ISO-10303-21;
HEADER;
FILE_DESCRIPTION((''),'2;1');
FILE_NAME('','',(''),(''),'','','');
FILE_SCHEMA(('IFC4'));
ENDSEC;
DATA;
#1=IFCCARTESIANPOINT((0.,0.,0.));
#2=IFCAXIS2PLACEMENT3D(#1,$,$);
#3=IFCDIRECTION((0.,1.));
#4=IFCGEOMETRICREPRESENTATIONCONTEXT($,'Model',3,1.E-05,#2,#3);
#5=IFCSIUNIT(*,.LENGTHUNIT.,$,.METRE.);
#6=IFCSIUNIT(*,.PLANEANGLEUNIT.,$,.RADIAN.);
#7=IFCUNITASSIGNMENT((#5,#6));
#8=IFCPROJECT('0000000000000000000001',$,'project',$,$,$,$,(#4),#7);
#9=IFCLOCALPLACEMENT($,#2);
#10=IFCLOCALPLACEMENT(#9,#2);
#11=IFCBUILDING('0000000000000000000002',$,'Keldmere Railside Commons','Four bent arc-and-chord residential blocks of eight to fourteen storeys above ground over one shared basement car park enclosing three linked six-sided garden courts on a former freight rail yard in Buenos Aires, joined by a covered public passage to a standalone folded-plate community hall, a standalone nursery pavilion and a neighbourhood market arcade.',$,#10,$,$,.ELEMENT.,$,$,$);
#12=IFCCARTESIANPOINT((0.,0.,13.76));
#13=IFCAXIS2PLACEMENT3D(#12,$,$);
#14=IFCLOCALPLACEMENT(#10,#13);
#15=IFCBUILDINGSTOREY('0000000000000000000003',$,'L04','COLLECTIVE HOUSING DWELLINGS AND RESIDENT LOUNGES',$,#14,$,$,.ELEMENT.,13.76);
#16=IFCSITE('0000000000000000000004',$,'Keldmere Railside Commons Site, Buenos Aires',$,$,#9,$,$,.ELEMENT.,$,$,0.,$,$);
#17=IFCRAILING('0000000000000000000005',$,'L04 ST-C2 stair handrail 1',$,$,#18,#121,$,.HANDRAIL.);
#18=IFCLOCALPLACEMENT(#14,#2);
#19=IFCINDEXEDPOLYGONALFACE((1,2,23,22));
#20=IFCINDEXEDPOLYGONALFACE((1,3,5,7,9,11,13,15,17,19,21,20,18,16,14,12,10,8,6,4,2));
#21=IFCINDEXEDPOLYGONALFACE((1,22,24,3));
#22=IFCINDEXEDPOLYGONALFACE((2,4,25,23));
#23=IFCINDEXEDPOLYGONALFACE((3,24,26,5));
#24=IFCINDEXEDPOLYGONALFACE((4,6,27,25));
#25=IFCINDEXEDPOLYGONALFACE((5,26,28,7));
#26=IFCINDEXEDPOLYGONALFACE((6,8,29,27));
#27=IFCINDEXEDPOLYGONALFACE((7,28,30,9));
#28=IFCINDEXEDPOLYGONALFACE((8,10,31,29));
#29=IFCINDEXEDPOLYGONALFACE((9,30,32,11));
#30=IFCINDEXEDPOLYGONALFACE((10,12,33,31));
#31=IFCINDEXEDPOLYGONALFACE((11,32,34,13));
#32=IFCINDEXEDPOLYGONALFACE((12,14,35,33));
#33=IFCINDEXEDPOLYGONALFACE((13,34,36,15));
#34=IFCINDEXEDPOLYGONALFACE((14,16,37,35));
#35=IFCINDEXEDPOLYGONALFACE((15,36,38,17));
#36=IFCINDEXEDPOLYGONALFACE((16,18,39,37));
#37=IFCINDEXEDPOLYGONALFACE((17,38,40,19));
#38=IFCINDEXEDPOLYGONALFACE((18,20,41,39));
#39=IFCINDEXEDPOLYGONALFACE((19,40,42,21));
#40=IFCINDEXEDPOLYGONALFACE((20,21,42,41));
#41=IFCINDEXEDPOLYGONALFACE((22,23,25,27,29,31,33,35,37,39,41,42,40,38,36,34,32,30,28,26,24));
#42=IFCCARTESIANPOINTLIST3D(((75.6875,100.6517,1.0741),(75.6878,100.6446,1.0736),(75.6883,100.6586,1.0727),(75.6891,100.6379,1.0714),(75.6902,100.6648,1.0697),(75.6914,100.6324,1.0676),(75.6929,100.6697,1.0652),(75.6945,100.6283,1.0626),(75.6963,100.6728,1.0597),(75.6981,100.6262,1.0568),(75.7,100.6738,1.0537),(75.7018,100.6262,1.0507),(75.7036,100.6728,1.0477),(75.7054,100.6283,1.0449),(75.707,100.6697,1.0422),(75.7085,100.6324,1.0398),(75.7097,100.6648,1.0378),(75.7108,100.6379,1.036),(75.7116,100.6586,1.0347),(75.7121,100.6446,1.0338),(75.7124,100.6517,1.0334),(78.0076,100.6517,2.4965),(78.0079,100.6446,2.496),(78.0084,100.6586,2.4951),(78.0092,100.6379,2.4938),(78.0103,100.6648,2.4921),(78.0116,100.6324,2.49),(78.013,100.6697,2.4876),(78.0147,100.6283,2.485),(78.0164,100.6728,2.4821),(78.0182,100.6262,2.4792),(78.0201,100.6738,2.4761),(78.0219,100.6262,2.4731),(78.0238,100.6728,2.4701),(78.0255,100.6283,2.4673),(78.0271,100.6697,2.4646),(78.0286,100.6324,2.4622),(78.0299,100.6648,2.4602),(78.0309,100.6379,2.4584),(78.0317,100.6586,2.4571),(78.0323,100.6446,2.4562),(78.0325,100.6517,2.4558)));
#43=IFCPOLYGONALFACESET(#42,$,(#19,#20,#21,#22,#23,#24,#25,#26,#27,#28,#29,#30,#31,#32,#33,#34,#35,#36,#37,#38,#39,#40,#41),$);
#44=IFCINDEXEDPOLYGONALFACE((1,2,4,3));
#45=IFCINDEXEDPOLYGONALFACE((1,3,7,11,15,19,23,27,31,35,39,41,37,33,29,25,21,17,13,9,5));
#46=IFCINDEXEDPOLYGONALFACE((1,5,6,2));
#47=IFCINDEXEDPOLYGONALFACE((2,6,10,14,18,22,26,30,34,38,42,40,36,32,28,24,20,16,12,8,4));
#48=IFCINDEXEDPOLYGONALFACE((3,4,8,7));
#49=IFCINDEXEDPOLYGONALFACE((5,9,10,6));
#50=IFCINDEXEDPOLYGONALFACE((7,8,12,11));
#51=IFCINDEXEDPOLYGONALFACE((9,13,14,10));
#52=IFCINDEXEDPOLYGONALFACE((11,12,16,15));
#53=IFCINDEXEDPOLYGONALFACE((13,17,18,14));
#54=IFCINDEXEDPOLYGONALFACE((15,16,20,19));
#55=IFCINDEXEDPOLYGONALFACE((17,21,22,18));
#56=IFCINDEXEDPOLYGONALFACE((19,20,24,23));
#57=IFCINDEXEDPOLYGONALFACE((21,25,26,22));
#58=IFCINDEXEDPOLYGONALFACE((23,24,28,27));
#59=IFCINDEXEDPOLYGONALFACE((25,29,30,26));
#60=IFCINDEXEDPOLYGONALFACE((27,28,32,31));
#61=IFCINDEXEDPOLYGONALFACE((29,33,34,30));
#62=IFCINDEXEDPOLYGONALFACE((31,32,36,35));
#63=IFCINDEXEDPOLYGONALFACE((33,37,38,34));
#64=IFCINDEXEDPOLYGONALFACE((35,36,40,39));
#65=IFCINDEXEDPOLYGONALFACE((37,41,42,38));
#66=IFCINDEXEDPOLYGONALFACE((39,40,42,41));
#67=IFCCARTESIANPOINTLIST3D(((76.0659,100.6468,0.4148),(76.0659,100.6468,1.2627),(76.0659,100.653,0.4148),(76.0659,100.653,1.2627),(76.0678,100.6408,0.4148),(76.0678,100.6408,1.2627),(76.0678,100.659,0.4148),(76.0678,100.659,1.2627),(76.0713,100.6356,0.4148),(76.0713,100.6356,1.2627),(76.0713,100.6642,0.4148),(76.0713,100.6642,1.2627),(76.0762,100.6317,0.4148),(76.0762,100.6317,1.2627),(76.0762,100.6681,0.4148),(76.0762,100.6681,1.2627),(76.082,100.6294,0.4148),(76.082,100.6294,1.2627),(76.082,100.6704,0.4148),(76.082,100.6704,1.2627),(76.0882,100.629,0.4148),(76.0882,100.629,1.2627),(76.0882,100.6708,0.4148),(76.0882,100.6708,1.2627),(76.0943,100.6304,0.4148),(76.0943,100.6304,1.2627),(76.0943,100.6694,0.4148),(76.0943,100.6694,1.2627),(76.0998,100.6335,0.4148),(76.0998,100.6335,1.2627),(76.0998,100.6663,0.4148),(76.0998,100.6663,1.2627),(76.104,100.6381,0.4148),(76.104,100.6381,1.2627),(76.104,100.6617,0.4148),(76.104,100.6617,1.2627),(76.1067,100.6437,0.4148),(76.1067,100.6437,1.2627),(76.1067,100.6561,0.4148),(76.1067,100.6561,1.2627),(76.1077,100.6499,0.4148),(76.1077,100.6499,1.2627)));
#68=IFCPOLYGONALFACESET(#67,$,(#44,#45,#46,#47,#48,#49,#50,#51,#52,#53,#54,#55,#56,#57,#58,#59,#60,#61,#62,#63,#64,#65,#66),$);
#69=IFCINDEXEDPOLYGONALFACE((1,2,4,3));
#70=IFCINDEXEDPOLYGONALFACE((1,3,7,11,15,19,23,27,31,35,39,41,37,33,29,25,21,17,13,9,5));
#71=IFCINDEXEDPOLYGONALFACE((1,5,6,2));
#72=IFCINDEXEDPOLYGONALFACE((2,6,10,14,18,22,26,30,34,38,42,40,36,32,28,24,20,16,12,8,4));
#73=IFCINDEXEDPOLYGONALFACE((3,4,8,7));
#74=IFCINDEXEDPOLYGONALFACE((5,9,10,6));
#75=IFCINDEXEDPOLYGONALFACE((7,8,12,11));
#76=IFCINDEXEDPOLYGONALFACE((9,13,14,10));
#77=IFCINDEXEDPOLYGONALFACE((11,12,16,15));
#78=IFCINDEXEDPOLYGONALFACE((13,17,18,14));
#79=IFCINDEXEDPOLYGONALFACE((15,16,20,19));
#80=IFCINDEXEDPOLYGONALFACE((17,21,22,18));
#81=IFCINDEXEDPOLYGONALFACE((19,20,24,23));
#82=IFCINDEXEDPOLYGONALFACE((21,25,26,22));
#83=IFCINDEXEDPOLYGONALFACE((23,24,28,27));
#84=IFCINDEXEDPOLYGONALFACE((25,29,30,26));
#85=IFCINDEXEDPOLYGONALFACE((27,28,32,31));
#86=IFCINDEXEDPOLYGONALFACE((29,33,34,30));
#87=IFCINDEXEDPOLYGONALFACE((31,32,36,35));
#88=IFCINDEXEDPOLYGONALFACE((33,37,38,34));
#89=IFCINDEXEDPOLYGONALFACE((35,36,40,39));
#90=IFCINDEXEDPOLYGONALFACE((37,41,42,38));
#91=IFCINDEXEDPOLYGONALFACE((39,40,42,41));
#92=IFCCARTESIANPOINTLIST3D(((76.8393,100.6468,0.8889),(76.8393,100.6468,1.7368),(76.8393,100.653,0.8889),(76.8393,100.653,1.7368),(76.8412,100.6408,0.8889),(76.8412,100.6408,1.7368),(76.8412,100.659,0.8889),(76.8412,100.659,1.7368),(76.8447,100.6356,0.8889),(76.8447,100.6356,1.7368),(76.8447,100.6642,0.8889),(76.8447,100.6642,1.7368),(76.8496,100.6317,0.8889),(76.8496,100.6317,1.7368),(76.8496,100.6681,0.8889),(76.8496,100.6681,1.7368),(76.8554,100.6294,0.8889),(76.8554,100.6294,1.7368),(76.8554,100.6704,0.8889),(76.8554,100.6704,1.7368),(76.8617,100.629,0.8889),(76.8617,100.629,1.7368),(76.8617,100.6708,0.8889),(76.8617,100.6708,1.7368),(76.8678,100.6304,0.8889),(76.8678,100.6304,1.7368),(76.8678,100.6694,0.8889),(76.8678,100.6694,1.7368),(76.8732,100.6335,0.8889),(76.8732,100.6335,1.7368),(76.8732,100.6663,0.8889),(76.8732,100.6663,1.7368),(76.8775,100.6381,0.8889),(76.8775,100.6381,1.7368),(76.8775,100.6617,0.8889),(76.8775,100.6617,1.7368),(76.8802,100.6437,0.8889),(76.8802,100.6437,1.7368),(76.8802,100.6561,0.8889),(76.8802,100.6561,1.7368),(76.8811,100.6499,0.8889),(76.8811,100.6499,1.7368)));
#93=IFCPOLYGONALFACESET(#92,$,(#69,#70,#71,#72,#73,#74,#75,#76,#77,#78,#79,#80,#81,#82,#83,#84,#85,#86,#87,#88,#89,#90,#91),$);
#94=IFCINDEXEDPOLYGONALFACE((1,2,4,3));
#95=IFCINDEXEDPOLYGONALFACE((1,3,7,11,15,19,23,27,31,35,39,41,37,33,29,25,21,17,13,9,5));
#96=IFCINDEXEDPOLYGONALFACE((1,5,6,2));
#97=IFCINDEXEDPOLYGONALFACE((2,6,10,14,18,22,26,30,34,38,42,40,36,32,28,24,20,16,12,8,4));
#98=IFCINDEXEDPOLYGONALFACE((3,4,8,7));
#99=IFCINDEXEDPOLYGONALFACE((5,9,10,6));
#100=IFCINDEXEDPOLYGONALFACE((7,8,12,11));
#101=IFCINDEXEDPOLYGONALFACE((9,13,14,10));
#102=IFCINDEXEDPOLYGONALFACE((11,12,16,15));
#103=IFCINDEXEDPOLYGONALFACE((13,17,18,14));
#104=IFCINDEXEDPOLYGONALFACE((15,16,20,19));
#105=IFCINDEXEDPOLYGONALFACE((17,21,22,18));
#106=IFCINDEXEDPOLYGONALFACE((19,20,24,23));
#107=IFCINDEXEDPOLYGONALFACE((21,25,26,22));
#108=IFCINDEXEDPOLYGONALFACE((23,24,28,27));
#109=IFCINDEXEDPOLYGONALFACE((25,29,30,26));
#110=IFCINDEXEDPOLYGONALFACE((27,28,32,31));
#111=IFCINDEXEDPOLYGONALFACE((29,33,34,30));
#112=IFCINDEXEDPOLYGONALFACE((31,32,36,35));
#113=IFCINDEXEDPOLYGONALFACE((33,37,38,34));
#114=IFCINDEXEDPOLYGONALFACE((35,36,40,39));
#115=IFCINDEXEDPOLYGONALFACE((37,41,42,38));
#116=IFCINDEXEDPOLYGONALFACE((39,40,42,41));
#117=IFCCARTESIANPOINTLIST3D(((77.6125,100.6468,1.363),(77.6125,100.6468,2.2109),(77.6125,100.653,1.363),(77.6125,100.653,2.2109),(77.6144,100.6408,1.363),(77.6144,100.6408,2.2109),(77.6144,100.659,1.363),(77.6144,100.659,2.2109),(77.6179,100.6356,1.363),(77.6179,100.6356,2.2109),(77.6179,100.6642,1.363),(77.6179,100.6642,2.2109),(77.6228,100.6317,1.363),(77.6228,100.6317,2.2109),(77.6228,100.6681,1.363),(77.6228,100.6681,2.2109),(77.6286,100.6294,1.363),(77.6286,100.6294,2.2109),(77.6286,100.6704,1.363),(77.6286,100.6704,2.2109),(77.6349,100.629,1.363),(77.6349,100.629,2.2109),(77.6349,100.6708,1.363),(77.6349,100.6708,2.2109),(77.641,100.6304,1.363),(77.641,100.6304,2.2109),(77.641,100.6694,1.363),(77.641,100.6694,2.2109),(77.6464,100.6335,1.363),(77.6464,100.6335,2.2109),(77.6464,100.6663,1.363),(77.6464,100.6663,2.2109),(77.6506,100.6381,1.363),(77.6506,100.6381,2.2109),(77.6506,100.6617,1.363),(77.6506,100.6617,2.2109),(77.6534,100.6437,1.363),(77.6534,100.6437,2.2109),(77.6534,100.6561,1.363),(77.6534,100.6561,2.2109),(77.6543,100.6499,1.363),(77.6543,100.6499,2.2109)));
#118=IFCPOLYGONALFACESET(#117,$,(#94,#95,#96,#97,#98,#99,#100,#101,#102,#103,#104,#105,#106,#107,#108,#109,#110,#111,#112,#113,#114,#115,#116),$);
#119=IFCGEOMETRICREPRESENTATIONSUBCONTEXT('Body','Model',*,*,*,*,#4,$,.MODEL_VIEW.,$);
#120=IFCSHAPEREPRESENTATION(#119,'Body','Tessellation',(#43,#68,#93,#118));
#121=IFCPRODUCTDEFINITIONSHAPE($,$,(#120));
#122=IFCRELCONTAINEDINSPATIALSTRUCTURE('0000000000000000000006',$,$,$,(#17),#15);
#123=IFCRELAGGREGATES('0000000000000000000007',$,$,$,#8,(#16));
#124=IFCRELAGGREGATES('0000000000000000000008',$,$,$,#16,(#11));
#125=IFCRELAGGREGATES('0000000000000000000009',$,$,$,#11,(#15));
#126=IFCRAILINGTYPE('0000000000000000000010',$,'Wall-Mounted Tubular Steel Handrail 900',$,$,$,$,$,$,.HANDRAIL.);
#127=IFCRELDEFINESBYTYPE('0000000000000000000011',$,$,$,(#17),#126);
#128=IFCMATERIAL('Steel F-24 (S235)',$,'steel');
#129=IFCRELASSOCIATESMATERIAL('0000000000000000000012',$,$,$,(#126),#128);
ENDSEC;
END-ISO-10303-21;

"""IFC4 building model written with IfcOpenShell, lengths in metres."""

from ifc_helpers import new_model, si_unit, direction, frame, origin, origin_2d, place, context, subcontext, project, spatial, circle, extrude, material, type_object, element, save


model = new_model("IFC4")

# Units and contexts
model_context = context("Model", 3, precision=1e-05, world=origin(), true_north=direction((0.0, 1.0)))
body_context = subcontext(model_context, "Body", "Model", "MODEL_VIEW")
ifc_project = project(units=[si_unit("LENGTHUNIT", "METRE"), si_unit("PLANEANGLEUNIT", "RADIAN")], contexts=[model_context])

# Site, building, storey
site_placement = place(None, origin())
site = spatial("IfcSite", under=ifc_project, at=site_placement, Name="Keldmere Railside Commons Site, Buenos Aires", CompositionType="ELEMENT", RefElevation=0.0)
building_placement = place(site_placement, origin())
building = spatial("IfcBuilding", under=site, at=building_placement, Name="Keldmere Railside Commons", Description="Four bent arc-and-chord residential blocks of eight to fourteen storeys above ground over one shared basement car park enclosing three linked six-sided garden courts on a former freight rail yard in Buenos Aires, joined by a covered public passage to a standalone folded-plate community hall, a standalone nursery pavilion and a neighbourhood market arcade.", CompositionType="ELEMENT")
storey_placement = place(building_placement, frame((0.0, 0.0, 13.76)))
storey = spatial("IfcBuildingStorey", under=building, at=storey_placement, Name="L04", Description="COLLECTIVE HOUSING DWELLINGS AND RESIDENT LOUNGES", CompositionType="ELEMENT", Elevation=13.76)

# Railing
ifc_material_1 = material(Name="Steel F-24 (S235)", Category="steel")
railing_type_1 = type_object("IfcRailingType", Name="Wall-Mounted Tubular Steel Handrail 900", PredefinedType="HANDRAIL", material=ifc_material_1)
railing_1_placement = place(storey_placement, frame((75.7, 100.6499, 0.1777)))
element("IfcRailing", 1, at=railing_1_placement, inside=storey, type_object=railing_type_1, Name="L04 ST-C2 stair handrail 1", PredefinedType="HANDRAIL", context=body_context, shape_type="SweptSolid", body=[
    extrude(circle(Radius=0.0239, at=origin_2d()), frame((0.0, 0.0, 0.876), z_axis=(0.852538, 0.0, 0.522665), x_axis=(0.0, 1.0, 0.0)), (0.0, 0.0, 1.0), 2.7214),
    extrude(circle(Radius=0.021, at=origin_2d()), frame((0.3867, 0.0, 0.2371)), (0.0, 0.0, 1.0), 0.8479),
    extrude(circle(Radius=0.021, at=origin_2d()), frame((1.1602, 0.0, 0.7112)), (0.0, 0.0, 1.0), 0.8479),
    extrude(circle(Radius=0.021, at=origin_2d()), frame((1.9333, 0.0, 1.1853)), (0.0, 0.0, 1.0), 0.8479),
])

save(model, "model.ifc")
